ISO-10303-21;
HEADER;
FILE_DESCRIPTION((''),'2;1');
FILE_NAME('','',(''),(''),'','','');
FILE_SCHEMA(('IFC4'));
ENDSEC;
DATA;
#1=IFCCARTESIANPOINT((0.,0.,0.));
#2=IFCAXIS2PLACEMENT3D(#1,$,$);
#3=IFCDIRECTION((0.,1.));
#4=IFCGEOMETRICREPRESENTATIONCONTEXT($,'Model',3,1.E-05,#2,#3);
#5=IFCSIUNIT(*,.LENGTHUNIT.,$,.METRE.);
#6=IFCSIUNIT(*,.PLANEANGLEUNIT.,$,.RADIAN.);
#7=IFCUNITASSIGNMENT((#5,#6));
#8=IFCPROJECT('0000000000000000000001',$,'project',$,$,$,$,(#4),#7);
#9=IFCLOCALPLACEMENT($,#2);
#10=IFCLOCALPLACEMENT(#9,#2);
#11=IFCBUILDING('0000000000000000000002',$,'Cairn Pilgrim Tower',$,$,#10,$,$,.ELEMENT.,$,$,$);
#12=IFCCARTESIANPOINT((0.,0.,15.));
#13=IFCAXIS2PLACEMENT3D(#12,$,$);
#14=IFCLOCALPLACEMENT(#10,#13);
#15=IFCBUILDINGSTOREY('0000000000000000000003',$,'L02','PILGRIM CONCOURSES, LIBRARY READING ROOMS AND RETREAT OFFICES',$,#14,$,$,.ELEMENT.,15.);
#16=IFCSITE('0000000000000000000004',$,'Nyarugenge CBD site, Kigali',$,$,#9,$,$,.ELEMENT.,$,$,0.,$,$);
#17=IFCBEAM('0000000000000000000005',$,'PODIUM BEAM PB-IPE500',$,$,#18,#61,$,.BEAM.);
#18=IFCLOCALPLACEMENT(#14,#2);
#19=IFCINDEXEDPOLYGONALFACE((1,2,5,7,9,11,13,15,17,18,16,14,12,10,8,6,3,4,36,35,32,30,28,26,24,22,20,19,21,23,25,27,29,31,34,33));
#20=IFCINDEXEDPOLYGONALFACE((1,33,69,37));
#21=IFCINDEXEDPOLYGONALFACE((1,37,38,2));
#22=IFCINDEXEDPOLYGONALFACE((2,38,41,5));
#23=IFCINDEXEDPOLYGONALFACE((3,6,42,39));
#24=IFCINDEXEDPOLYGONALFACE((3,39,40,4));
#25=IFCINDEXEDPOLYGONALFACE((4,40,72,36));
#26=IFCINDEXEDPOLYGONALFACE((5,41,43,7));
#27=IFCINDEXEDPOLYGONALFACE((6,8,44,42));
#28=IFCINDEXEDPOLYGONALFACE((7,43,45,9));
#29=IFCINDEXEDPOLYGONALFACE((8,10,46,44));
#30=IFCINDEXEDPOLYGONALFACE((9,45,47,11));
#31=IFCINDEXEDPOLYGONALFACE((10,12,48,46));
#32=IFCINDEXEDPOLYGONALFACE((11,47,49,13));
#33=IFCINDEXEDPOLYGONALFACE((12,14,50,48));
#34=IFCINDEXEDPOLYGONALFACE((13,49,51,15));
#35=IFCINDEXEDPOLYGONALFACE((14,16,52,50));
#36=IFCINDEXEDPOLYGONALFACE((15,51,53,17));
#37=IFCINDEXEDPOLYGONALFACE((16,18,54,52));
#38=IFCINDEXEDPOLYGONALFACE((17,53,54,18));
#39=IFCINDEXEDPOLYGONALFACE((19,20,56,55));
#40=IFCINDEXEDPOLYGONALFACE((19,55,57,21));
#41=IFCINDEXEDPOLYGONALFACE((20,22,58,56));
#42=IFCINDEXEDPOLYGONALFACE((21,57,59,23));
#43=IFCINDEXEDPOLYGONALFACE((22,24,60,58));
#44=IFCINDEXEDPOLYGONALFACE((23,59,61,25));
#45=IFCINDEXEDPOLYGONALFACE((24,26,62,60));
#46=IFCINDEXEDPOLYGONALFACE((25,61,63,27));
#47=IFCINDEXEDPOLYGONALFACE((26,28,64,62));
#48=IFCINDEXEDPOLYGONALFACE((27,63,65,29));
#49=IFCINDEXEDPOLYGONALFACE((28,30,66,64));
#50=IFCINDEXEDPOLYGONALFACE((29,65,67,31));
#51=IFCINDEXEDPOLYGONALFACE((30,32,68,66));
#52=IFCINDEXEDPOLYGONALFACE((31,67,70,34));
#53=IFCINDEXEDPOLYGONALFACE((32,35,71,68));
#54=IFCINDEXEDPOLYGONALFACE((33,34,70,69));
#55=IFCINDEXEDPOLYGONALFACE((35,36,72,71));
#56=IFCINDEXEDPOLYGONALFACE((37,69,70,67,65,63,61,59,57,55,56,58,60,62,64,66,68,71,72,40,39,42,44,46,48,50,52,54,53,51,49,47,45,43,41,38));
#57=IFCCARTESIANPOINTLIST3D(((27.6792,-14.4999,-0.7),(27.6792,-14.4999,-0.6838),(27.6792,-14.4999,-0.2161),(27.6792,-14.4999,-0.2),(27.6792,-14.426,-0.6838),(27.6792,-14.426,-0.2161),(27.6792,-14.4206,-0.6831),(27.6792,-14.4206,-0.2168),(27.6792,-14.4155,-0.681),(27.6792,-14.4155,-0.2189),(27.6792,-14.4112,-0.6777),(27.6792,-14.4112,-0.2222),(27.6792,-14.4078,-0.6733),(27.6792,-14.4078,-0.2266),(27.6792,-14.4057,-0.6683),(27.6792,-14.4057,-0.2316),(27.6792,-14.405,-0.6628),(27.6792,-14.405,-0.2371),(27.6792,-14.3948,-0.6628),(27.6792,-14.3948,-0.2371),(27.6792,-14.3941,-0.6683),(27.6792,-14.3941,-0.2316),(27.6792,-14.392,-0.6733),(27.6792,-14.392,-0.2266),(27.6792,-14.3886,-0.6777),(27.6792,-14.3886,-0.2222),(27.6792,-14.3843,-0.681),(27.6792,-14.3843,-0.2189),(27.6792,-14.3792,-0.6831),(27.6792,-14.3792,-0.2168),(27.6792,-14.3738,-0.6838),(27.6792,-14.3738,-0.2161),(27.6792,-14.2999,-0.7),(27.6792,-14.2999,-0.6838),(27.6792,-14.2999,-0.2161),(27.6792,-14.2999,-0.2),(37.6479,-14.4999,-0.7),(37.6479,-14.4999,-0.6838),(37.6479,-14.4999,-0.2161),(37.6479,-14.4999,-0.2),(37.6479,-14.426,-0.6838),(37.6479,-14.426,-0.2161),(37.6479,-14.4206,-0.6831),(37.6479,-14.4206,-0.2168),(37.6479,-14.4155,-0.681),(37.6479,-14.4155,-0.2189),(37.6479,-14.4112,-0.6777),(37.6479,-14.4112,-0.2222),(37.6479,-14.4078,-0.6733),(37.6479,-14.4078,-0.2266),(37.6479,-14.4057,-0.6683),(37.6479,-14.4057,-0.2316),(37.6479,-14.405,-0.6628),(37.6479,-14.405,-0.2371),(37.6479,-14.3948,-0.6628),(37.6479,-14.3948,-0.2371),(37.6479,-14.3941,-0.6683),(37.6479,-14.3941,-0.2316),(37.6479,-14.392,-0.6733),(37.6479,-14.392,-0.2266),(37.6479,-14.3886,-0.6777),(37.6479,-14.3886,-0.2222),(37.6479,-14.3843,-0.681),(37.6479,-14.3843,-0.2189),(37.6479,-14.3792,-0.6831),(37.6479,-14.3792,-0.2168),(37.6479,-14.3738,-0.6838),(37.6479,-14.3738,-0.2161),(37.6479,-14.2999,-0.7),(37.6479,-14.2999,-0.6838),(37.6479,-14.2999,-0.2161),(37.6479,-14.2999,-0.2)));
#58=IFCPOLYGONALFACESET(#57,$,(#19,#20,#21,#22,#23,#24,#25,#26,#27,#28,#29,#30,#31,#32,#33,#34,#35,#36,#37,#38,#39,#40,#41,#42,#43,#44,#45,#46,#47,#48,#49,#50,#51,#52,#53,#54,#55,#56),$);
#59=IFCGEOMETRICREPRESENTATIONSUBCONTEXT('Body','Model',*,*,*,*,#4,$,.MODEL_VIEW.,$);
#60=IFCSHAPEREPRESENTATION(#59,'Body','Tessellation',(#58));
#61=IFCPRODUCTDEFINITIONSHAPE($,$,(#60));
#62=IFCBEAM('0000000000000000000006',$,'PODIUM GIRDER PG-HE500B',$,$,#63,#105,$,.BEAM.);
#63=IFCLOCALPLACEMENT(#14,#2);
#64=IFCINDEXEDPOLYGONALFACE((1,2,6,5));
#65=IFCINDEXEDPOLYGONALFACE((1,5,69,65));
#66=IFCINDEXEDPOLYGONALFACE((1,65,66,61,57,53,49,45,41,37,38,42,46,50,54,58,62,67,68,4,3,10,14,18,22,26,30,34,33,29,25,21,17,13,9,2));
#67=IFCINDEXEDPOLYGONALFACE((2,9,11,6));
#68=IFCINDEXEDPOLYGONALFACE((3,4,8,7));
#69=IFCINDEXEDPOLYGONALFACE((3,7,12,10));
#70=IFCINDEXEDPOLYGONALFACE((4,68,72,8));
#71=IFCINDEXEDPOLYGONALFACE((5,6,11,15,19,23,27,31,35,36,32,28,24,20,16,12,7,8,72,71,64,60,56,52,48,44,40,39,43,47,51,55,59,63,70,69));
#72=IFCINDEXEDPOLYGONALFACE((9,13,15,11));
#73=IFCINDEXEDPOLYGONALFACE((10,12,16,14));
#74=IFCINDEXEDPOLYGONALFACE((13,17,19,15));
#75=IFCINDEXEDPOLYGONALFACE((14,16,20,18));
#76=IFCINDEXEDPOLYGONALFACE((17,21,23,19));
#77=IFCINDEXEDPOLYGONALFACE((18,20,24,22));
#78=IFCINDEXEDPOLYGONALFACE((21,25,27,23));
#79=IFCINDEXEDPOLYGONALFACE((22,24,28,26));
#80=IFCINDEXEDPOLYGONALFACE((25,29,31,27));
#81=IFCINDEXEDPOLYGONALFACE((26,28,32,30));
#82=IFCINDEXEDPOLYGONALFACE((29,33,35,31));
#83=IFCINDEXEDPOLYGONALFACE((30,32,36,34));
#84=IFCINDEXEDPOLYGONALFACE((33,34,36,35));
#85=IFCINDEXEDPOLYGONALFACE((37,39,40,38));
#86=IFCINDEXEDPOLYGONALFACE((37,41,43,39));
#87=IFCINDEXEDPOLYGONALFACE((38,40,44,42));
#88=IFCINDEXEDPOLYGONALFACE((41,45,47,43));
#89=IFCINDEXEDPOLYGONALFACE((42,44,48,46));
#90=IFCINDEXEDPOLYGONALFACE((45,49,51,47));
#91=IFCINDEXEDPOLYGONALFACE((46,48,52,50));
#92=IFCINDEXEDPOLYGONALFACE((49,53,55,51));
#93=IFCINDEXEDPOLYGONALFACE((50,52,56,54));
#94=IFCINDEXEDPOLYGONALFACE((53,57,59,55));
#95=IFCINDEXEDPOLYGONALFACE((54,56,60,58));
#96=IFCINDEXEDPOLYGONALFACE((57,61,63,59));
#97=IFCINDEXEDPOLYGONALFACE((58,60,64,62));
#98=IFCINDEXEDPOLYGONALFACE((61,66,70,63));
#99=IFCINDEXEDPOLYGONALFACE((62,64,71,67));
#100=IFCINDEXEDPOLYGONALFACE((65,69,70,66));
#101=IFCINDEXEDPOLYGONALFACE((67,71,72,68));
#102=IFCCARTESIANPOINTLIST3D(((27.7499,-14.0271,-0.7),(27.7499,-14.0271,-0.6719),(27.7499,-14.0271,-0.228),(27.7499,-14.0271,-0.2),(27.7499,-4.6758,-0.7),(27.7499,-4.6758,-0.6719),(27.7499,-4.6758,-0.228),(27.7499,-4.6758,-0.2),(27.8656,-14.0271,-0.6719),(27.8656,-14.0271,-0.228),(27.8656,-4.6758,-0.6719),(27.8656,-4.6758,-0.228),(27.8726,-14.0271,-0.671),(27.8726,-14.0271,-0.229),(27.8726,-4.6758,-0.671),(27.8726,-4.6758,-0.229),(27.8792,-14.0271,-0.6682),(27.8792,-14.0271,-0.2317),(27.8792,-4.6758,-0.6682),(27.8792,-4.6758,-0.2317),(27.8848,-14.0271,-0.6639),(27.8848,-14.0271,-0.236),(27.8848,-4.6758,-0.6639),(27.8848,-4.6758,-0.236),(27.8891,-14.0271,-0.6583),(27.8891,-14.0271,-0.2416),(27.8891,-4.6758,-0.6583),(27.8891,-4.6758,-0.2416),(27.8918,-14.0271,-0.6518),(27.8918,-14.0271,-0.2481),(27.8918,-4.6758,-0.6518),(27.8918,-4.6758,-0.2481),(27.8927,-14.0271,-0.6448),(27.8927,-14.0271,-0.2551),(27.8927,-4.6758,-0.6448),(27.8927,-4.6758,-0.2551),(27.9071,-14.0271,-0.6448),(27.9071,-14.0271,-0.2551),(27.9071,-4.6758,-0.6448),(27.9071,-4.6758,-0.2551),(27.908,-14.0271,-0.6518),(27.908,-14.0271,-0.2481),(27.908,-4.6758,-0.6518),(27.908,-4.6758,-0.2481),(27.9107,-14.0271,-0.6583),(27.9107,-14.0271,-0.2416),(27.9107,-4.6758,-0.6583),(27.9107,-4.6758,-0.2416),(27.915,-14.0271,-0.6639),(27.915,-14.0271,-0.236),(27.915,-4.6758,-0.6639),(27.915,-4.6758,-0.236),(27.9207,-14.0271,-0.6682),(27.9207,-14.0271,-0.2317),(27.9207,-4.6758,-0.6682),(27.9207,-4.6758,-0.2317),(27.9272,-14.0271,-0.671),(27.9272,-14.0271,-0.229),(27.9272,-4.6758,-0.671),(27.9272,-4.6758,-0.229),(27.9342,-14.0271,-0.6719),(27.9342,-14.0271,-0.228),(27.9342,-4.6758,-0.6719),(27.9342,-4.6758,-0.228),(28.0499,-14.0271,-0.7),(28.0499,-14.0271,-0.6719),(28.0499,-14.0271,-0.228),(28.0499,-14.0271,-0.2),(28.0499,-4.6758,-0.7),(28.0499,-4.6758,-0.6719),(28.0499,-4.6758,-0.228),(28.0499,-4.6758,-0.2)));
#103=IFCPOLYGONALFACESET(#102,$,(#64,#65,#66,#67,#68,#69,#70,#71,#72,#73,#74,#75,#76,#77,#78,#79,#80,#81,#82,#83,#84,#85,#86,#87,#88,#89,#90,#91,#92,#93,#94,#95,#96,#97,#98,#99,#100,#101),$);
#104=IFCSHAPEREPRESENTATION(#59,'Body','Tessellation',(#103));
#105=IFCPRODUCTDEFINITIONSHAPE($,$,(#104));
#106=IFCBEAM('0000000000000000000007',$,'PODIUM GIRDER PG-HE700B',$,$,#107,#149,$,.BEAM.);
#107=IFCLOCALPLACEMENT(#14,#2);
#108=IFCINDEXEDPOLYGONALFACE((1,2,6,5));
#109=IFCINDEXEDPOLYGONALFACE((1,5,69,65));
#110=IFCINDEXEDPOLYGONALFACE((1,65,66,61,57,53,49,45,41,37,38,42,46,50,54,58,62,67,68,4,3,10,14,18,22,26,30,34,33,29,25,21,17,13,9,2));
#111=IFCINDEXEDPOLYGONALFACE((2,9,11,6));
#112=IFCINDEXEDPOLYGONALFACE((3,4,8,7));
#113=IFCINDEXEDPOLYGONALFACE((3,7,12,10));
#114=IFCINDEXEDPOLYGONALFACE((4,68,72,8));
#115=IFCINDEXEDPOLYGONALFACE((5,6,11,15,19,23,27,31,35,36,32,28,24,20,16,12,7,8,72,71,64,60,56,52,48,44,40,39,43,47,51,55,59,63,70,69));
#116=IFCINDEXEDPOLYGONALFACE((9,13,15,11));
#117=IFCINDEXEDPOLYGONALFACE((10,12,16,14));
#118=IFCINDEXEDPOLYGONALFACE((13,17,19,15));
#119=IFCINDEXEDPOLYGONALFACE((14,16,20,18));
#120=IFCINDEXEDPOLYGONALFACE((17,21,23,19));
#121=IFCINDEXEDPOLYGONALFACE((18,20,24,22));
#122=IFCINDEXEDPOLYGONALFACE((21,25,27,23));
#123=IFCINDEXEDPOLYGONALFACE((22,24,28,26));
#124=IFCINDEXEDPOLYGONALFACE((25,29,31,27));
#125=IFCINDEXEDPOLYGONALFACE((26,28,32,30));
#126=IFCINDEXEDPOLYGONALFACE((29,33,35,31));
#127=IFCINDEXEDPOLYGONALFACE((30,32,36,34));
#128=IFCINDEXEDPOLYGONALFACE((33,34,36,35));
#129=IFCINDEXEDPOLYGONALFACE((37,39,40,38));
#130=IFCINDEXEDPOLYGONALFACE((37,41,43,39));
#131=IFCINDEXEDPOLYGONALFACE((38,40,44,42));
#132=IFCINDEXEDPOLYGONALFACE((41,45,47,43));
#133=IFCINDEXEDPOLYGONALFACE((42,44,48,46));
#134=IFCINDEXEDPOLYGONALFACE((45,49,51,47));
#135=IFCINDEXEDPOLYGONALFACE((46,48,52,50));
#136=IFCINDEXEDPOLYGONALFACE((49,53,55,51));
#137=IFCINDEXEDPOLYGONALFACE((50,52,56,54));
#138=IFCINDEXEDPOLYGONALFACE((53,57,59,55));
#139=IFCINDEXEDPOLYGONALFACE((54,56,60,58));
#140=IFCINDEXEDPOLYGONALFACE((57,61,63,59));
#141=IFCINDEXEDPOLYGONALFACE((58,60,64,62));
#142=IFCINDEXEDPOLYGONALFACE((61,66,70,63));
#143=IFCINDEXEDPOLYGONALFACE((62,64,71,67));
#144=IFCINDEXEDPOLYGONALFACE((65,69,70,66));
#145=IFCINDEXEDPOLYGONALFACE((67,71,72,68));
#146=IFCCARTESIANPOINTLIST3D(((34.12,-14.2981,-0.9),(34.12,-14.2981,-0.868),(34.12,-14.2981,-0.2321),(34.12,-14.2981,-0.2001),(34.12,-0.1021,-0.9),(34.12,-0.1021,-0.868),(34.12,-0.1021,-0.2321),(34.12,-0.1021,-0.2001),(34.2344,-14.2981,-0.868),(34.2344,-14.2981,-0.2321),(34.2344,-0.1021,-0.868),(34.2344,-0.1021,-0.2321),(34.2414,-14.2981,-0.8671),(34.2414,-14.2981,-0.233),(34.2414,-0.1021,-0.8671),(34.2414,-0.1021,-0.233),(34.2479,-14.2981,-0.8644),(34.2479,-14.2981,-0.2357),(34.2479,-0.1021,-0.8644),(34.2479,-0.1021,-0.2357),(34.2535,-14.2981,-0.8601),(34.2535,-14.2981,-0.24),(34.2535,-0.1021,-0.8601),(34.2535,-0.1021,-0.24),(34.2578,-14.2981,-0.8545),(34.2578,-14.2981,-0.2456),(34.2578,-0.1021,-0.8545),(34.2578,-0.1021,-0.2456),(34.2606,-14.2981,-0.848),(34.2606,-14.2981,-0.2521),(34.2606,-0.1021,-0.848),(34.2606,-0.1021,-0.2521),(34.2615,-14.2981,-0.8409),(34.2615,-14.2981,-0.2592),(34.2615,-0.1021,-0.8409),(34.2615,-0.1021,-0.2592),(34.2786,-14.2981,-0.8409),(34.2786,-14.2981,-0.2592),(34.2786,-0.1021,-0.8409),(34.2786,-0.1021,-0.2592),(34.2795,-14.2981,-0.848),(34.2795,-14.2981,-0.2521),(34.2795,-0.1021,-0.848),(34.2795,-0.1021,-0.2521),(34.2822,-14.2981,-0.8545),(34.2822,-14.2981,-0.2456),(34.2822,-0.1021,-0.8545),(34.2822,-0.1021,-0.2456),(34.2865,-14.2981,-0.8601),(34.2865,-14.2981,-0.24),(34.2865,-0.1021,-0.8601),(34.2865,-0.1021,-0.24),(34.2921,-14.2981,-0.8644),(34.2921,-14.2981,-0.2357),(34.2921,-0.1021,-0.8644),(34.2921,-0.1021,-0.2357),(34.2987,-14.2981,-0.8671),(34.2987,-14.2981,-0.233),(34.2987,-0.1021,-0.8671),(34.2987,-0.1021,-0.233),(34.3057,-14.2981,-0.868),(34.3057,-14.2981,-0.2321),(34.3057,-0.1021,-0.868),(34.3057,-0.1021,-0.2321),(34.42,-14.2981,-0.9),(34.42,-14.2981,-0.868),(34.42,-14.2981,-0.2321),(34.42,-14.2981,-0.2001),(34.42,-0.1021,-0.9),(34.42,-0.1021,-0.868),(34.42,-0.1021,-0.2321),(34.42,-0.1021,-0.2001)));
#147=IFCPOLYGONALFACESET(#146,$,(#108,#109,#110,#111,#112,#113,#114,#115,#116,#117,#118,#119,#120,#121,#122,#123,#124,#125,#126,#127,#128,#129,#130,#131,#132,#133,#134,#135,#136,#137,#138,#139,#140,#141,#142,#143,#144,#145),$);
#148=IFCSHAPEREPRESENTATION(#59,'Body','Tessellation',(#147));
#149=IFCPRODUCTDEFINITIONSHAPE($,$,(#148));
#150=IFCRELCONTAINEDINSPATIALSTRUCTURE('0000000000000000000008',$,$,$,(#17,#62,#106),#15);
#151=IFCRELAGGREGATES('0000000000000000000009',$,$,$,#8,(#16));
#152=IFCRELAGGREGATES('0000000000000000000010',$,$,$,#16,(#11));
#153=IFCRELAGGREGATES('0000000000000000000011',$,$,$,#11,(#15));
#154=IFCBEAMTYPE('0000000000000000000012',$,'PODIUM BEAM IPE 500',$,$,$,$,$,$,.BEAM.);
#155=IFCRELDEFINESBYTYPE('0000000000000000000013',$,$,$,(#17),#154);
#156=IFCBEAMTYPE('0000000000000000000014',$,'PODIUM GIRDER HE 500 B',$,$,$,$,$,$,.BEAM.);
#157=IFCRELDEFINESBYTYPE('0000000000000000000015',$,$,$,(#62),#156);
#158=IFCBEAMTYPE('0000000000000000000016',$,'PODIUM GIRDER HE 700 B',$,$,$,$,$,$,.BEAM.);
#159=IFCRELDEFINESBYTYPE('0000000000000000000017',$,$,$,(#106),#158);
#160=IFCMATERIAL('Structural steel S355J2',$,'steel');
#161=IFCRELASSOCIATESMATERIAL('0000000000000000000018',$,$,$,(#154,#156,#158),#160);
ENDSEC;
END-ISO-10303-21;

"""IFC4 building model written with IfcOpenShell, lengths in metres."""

from ifc_helpers import new_model, si_unit, direction, frame, origin, origin_2d, place, context, subcontext, project, spatial, i_section, extrude, material, material_profile, profile_set, type_object, element, save


model = new_model("IFC4")

# Units and contexts
model_context = context("Model", 3, precision=1e-05, world=origin(), true_north=direction((0.0, 1.0)))
body_context = subcontext(model_context, "Body", "Model", "MODEL_VIEW")
ifc_project = project(units=[si_unit("LENGTHUNIT", "METRE"), si_unit("PLANEANGLEUNIT", "RADIAN")], contexts=[model_context])

# Site, building, storey
site_placement = place(None, origin())
site = spatial("IfcSite", under=ifc_project, at=site_placement, Name="Nyarugenge CBD site, Kigali", CompositionType="ELEMENT", RefElevation=0.0)
building_placement = place(site_placement, origin())
building = spatial("IfcBuilding", under=site, at=building_placement, Name="Cairn Pilgrim Tower", CompositionType="ELEMENT")
storey_placement = place(building_placement, frame((0.0, 0.0, 15.0)))
storey = spatial("IfcBuildingStorey", under=building, at=storey_placement, Name="L02", Description="PILGRIM CONCOURSES, LIBRARY READING ROOMS AND RETREAT OFFICES", CompositionType="ELEMENT", Elevation=15.0)

# Shared definitions
ifc_material_1 = material(Name="Structural steel S355J2", Category="steel")

# Beams
ifc_material_profile_1 = material_profile(ifc_material_1, i_section(OverallWidth=0.2, OverallDepth=0.5, WebThickness=0.0103, FlangeThickness=0.0161, FilletRadius=0.021, at=origin_2d()), Name="IPE 500")
ifc_profile_set_1 = profile_set([ifc_material_profile_1], Name="Structural steel S355J2")
beam_type_1 = type_object("IfcBeamType", Name="PODIUM BEAM IPE 500", PredefinedType="BEAM", material=ifc_profile_set_1)
beam_1_placement = place(storey_placement, frame((27.6792, -14.3999, -0.45), z_axis=(1.0, 0.0, 0.0), x_axis=(0.0, 1.0, 0.0)))
element("IfcBeam", 1, at=beam_1_placement, inside=storey, type_object=beam_type_1, Name="PODIUM BEAM PB-IPE500", PredefinedType="BEAM", context=body_context, shape_type="SweptSolid", body=[
    extrude(i_section(OverallWidth=0.2, OverallDepth=0.5, WebThickness=0.0103, FlangeThickness=0.0161, FilletRadius=0.021, at=origin_2d()), origin(), (0.0, 0.0, 1.0), 9.9688),
])
ifc_material_profile_2 = material_profile(ifc_material_1, i_section(OverallWidth=0.3, OverallDepth=0.5, WebThickness=0.0144, FlangeThickness=0.0281, FilletRadius=0.0271, at=origin_2d()), Name="HEB 500")
ifc_profile_set_2 = profile_set([ifc_material_profile_2], Name="Structural steel S355J2")
beam_type_2 = type_object("IfcBeamType", Name="PODIUM GIRDER HE 500 B", PredefinedType="BEAM", material=ifc_profile_set_2)
beam_2_placement = place(storey_placement, frame((27.8999, -14.0271, -0.45), z_axis=(0.0, 1.0, 0.0), x_axis=(-1.0, 0.0, 0.0)))
element("IfcBeam", 2, at=beam_2_placement, inside=storey, type_object=beam_type_2, Name="PODIUM GIRDER PG-HE500B", PredefinedType="BEAM", context=body_context, shape_type="SweptSolid", body=[
    extrude(i_section(OverallWidth=0.3, OverallDepth=0.5, WebThickness=0.0144, FlangeThickness=0.0281, FilletRadius=0.0271, at=origin_2d()), origin(), (0.0, 0.0, 1.0), 9.3513),
])
ifc_material_profile_3 = material_profile(ifc_material_1, i_section(OverallWidth=0.3, OverallDepth=0.7, WebThickness=0.0171, FlangeThickness=0.032, FilletRadius=0.0271, at=origin_2d()), Name="HEB 700")
ifc_profile_set_3 = profile_set([ifc_material_profile_3], Name="Structural steel S355J2")
beam_type_3 = type_object("IfcBeamType", Name="PODIUM GIRDER HE 700 B", PredefinedType="BEAM", material=ifc_profile_set_3)
beam_3_placement = place(storey_placement, frame((34.27, -14.2981, -0.55), z_axis=(0.0, 1.0, 0.0), x_axis=(-1.0, 0.0, 0.0)))
element("IfcBeam", 3, at=beam_3_placement, inside=storey, type_object=beam_type_3, Name="PODIUM GIRDER PG-HE700B", PredefinedType="BEAM", context=body_context, shape_type="SweptSolid", body=[
    extrude(i_section(OverallWidth=0.3, OverallDepth=0.7, WebThickness=0.0171, FlangeThickness=0.032, FilletRadius=0.0271, at=origin_2d()), origin(), (0.0, 0.0, 1.0), 14.196),
])

save(model, "model.ifc")
